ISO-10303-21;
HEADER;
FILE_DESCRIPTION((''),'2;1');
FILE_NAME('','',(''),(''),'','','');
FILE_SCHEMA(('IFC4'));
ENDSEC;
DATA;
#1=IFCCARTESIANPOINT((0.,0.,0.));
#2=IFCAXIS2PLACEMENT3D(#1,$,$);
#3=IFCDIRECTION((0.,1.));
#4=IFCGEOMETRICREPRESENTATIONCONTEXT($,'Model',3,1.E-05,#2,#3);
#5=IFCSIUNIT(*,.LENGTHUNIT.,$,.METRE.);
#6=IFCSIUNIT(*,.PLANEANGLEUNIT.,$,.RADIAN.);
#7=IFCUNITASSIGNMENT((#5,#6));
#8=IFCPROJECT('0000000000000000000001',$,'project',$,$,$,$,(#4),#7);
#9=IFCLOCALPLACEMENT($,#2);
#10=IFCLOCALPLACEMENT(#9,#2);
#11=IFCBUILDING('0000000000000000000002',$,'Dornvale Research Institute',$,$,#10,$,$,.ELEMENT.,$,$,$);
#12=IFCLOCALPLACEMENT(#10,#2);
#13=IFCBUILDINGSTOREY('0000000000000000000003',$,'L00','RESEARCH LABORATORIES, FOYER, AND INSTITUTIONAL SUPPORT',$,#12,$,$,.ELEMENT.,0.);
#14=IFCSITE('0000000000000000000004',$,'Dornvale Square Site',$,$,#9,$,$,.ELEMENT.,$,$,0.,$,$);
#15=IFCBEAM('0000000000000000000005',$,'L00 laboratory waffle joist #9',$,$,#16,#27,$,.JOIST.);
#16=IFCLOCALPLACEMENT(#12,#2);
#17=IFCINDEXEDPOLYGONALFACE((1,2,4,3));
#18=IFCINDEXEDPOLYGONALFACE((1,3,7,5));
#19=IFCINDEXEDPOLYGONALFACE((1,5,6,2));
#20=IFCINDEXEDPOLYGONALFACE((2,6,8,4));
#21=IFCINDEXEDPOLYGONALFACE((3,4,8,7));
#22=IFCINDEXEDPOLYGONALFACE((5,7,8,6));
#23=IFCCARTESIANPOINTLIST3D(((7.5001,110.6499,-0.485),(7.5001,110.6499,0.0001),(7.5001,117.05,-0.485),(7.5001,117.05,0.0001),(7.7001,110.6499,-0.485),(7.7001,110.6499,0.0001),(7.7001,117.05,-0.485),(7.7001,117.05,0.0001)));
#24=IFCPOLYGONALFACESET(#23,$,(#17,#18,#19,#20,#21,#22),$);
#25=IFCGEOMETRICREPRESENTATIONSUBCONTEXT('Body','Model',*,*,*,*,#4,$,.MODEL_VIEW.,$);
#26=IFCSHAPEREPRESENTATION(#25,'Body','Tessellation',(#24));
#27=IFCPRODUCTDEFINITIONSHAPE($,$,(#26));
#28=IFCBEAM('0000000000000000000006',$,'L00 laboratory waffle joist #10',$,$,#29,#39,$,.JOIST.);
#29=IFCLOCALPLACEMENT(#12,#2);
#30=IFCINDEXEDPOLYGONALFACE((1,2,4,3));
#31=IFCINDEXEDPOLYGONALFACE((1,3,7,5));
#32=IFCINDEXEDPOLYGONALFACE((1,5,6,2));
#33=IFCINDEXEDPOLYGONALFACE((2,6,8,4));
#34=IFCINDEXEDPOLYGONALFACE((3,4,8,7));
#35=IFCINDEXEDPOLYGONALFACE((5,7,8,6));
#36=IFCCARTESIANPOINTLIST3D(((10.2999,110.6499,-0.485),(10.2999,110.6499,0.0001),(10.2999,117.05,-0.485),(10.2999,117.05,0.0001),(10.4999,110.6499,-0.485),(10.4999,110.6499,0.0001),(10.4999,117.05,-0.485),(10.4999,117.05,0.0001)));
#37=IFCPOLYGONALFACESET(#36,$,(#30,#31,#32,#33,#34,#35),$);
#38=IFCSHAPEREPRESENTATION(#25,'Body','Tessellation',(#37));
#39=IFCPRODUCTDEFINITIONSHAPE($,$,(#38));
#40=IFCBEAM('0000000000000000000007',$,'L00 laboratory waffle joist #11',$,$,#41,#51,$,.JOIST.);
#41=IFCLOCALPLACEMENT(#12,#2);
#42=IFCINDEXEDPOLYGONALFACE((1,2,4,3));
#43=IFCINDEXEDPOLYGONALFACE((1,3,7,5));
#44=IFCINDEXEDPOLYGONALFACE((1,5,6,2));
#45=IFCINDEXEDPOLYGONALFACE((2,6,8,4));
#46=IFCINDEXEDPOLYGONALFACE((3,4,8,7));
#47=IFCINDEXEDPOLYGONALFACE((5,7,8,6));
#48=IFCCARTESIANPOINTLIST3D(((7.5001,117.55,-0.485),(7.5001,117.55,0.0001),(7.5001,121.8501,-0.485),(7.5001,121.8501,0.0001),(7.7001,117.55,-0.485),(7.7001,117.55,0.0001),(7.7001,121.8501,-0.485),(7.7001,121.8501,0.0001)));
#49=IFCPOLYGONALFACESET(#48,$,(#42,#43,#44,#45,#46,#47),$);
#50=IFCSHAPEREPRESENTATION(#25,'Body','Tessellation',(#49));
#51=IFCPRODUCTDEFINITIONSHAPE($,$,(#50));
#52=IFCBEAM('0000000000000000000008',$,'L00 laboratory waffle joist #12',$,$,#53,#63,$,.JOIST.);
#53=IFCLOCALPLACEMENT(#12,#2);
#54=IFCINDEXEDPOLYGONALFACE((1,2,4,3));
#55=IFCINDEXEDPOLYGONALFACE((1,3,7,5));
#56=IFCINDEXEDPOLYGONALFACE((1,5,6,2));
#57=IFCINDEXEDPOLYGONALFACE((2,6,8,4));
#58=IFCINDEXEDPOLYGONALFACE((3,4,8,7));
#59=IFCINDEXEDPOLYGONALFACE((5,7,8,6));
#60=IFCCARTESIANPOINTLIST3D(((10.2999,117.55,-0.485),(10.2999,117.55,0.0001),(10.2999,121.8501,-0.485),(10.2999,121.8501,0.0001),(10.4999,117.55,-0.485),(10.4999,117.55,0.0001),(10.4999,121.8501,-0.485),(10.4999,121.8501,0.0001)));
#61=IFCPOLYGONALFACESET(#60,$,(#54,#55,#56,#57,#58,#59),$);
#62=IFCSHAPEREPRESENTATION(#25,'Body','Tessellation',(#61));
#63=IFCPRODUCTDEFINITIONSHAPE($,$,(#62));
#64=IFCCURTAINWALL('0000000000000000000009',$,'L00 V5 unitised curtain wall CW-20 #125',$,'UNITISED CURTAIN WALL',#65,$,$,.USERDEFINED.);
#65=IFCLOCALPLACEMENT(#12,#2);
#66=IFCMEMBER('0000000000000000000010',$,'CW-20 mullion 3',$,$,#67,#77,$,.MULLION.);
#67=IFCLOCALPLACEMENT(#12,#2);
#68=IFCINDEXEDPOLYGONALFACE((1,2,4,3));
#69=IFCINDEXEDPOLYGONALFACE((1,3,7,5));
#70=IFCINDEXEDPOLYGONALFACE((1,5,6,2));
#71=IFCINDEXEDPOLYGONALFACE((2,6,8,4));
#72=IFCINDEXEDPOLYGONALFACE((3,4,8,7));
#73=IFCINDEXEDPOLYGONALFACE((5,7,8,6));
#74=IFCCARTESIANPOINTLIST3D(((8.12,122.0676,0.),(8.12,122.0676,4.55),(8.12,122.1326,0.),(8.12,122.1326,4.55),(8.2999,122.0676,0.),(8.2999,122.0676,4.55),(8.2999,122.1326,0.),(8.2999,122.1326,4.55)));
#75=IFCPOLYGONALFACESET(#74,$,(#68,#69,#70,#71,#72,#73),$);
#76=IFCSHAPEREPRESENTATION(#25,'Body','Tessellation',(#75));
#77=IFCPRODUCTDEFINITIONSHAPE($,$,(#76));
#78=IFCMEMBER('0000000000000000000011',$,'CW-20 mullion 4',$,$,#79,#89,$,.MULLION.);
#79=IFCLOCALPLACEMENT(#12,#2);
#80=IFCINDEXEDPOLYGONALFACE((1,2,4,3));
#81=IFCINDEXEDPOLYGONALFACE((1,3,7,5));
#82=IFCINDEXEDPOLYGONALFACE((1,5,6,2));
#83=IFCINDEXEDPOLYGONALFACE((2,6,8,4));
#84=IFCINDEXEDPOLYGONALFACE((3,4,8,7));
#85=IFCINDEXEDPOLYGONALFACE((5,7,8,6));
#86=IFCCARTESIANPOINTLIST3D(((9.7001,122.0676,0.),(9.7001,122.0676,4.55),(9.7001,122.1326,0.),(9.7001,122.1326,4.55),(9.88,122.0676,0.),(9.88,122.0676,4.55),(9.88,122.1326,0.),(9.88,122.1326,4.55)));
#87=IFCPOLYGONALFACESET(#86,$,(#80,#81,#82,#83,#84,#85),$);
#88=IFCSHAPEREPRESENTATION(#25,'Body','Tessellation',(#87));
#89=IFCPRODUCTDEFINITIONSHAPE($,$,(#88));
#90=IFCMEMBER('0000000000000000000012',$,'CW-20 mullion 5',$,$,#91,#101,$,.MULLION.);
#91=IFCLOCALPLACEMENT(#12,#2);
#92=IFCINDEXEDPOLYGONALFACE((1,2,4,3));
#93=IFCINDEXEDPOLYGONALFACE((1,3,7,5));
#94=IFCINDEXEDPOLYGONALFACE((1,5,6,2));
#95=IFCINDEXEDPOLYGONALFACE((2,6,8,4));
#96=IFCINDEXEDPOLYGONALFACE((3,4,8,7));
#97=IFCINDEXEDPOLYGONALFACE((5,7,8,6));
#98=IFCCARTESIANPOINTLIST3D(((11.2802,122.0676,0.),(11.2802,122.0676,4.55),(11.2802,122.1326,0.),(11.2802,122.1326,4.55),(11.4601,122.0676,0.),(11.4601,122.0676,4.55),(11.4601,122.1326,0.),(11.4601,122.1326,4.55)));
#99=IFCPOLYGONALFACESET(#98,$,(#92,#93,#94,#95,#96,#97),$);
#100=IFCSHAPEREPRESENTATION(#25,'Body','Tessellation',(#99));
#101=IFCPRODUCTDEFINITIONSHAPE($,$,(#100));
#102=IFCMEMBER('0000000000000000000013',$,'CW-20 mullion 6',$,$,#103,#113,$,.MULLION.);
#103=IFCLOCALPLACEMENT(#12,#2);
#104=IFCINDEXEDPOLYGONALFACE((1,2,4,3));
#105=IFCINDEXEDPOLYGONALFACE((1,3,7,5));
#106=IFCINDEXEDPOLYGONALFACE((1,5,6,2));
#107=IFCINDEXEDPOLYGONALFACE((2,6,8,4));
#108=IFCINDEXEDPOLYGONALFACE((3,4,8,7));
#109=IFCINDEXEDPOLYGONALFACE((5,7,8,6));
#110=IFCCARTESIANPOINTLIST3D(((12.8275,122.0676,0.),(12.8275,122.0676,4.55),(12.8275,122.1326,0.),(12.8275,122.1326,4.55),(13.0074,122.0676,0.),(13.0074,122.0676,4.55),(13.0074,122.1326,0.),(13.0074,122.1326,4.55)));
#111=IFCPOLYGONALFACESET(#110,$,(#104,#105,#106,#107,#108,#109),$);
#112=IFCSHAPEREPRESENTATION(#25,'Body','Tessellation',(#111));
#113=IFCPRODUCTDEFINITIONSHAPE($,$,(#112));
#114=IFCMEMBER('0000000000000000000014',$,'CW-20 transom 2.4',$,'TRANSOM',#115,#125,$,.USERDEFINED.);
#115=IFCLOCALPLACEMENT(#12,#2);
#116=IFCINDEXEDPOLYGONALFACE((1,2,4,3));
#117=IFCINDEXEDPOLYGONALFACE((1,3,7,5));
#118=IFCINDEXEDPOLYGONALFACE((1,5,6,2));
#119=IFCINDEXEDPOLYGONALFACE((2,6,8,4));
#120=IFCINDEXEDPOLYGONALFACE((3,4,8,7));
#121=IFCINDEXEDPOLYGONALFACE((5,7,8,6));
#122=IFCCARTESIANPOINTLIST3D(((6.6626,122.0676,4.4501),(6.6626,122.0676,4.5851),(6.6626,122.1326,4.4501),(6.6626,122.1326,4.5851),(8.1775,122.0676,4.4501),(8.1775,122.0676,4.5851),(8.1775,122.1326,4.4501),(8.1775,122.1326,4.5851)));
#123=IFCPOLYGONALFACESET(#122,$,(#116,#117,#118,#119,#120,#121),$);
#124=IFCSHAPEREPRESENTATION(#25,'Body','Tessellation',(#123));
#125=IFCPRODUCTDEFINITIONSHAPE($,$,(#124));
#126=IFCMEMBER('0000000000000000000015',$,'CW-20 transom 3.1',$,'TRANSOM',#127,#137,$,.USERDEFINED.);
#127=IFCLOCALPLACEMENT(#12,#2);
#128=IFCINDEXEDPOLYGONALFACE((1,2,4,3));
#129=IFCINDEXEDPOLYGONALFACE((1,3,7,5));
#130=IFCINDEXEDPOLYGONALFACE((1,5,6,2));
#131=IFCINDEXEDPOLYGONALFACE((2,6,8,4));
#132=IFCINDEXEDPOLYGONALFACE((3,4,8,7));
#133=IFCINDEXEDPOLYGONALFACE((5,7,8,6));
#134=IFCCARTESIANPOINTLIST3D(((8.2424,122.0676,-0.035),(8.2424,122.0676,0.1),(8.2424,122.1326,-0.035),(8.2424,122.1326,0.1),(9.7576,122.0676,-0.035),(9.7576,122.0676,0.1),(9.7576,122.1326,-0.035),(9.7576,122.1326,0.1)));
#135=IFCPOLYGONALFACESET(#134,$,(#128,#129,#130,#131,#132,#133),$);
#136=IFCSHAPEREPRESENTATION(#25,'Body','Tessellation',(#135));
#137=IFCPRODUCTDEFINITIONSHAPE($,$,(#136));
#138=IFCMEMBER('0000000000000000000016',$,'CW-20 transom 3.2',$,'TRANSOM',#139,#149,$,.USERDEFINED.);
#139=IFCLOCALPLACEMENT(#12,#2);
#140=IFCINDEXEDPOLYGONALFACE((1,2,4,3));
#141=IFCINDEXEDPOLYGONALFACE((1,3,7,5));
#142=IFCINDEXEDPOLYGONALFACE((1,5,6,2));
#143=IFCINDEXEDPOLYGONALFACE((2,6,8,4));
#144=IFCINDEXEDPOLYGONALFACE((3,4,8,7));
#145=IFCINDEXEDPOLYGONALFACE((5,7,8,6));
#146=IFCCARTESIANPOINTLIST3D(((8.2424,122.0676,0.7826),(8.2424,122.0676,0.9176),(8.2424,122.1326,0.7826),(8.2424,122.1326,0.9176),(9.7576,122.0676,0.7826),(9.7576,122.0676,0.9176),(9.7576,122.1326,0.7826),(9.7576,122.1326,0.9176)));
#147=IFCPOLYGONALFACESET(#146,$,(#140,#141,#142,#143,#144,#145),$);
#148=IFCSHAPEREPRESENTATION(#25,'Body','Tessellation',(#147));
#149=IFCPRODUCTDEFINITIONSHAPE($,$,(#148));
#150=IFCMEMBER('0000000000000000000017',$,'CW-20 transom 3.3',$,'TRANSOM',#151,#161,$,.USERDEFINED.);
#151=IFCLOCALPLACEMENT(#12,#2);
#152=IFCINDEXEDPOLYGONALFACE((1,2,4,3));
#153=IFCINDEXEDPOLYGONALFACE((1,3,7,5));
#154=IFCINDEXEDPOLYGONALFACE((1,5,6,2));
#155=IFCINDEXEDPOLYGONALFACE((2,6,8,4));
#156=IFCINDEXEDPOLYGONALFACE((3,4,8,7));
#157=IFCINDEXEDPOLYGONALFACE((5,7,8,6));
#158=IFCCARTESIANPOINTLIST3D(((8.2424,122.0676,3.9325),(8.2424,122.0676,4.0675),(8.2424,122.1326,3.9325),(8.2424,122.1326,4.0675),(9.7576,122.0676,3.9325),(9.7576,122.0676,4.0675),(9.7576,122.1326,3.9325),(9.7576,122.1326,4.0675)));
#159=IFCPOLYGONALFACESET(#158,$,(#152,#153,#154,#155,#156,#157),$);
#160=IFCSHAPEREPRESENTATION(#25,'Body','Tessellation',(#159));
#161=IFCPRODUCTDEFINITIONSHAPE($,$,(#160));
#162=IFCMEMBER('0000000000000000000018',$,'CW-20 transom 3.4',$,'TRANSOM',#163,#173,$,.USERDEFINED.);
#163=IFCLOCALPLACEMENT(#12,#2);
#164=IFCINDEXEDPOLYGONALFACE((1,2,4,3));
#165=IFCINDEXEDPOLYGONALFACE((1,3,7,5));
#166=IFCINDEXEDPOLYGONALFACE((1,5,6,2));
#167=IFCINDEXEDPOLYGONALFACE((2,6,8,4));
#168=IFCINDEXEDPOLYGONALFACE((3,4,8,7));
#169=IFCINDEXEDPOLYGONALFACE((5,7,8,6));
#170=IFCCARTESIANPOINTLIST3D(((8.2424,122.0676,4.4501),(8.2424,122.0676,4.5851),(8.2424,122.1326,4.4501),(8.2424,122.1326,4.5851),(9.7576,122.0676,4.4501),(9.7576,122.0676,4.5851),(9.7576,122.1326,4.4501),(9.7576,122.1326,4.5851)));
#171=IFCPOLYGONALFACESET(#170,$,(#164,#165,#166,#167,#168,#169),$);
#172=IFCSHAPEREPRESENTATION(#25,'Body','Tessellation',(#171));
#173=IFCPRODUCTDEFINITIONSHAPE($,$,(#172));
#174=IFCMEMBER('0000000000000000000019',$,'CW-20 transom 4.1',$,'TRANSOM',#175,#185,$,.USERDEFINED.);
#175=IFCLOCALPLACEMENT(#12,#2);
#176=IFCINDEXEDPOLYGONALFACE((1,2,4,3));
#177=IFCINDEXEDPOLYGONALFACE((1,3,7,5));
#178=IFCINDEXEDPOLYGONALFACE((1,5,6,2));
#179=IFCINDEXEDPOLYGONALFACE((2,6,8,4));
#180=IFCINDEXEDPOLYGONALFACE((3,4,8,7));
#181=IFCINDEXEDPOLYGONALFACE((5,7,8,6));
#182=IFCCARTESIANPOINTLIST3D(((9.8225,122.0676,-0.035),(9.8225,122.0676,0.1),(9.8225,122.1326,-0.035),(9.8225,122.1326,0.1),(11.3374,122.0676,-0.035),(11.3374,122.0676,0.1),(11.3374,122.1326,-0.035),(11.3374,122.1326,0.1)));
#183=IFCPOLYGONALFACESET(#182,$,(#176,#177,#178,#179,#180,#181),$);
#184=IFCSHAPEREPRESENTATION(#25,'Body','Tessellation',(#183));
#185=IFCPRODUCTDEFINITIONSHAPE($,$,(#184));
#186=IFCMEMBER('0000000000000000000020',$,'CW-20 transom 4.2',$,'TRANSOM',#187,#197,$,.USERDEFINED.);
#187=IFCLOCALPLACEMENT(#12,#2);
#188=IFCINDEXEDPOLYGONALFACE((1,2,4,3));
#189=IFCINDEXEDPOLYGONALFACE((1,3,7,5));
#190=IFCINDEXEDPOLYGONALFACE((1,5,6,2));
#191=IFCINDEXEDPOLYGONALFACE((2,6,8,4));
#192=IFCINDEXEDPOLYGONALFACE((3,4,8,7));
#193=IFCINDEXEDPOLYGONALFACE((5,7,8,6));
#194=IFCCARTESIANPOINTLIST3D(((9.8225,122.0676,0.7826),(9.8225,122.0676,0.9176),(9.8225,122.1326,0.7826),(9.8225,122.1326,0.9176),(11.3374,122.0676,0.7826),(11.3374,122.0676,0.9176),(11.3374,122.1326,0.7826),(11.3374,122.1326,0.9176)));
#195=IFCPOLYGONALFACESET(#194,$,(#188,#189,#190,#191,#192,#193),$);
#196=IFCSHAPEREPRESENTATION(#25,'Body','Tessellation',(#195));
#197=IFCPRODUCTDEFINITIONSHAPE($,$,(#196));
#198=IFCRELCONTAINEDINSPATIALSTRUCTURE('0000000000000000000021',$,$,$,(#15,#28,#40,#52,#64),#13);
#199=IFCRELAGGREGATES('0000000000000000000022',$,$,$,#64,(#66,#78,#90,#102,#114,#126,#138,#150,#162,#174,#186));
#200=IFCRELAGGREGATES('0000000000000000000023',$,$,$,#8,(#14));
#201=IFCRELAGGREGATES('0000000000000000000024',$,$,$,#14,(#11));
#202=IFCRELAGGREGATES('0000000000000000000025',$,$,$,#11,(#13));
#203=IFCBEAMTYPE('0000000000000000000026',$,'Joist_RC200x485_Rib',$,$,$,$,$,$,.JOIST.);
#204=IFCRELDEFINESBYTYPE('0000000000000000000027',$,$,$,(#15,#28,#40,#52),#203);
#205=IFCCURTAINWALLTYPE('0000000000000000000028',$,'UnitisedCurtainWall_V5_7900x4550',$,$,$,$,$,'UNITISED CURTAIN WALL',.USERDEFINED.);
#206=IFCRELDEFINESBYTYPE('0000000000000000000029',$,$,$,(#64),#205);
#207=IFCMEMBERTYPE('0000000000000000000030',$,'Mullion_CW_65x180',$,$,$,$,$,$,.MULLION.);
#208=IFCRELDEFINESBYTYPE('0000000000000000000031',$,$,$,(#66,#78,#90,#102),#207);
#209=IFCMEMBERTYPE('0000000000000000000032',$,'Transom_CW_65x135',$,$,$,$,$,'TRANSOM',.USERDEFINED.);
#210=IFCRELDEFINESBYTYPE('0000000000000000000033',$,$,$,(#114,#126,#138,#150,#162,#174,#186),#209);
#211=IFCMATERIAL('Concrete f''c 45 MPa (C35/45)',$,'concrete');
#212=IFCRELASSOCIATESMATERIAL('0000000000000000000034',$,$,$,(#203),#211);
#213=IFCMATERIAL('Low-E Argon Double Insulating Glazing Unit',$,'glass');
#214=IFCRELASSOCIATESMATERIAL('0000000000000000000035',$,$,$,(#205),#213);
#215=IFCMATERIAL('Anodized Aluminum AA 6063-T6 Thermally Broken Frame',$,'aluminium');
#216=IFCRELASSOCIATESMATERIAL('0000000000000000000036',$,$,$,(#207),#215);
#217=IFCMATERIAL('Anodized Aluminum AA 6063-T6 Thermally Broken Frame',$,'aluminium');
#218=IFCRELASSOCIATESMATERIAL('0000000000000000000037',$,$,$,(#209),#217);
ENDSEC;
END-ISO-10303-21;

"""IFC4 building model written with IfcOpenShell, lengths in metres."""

from ifc_helpers import new_model, si_unit, direction, frame, origin, origin_2d, place, context, subcontext, project, spatial, rectangle, extrude, material, material_profile, profile_set, type_object, element, aggregate, save


model = new_model("IFC4")

# Units and contexts
model_context = context("Model", 3, precision=1e-05, world=origin(), true_north=direction((0.0, 1.0)))
body_context = subcontext(model_context, "Body", "Model", "MODEL_VIEW")
ifc_project = project(units=[si_unit("LENGTHUNIT", "METRE"), si_unit("PLANEANGLEUNIT", "RADIAN")], contexts=[model_context])

# Site, building, storey
site_placement = place(None, origin())
site = spatial("IfcSite", under=ifc_project, at=site_placement, Name="Dornvale Square Site", CompositionType="ELEMENT", RefElevation=0.0)
building_placement = place(site_placement, origin())
building = spatial("IfcBuilding", under=site, at=building_placement, Name="Dornvale Research Institute", CompositionType="ELEMENT")
storey_placement = place(building_placement, origin())
storey = spatial("IfcBuildingStorey", under=building, at=storey_placement, Name="L00", Description="RESEARCH LABORATORIES, FOYER, AND INSTITUTIONAL SUPPORT", CompositionType="ELEMENT", Elevation=0.0)

# Beams
ifc_material_1 = material(Name="Concrete f'c 45 MPa (C35/45)", Category="concrete")
ifc_material_profile_1 = material_profile(ifc_material_1, rectangle(XDim=0.2, YDim=0.4851, at=origin_2d()), Name="RC 200x485")
ifc_profile_set_1 = profile_set([ifc_material_profile_1], Name="Concrete f'c 45 MPa (C35/45)")
beam_type = type_object("IfcBeamType", Name="Joist_RC200x485_Rib", PredefinedType="JOIST", material=ifc_profile_set_1)
for number, where, z_axis, x_axis, name in (
    (1, (7.6001, 110.6499, -0.2424), (0.0, 1.0, 0.0), (-1.0, 0.0, 0.0), "L00 laboratory waffle joist #9"),
    (2, (10.3999, 110.6499, -0.2424), (0.0, 1.0, 0.0), (-1.0, 0.0, 0.0), "L00 laboratory waffle joist #10"),
):
    element("IfcBeam", number, at=place(storey_placement, frame(where, z_axis=z_axis, x_axis=x_axis)), inside=storey, type_object=beam_type, Name=name, PredefinedType="JOIST", context=body_context, shape_type="SweptSolid", body=[
        extrude(rectangle(XDim=0.2, YDim=0.4851, at=origin_2d()), origin(), (0.0, 0.0, 1.0), 6.4001),
    ])
for number, where, z_axis, x_axis, name in (
    (3, (7.6001, 117.55, -0.2424), (0.0, 1.0, 0.0), (-1.0, 0.0, 0.0), "L00 laboratory waffle joist #11"),
    (4, (10.3999, 117.55, -0.2424), (0.0, 1.0, 0.0), (-1.0, 0.0, 0.0), "L00 laboratory waffle joist #12"),
):
    element("IfcBeam", number, at=place(storey_placement, frame(where, z_axis=z_axis, x_axis=x_axis)), inside=storey, type_object=beam_type, Name=name, PredefinedType="JOIST", context=body_context, shape_type="SweptSolid", body=[
        extrude(rectangle(XDim=0.2, YDim=0.4851, at=origin_2d()), origin(), (0.0, 0.0, 1.0), 4.3),
    ])

# Curtain wall, members
ifc_material_2 = material(Name="Low-E Argon Double Insulating Glazing Unit", Category="glass")
curtain_wall_type = type_object("IfcCurtainWallType", Name="UnitisedCurtainWall_V5_7900x4550", ElementType="UNITISED CURTAIN WALL", PredefinedType="USERDEFINED", material=ifc_material_2)
curtain_wall_placement = place(storey_placement, origin())
curtain_wall = element("IfcCurtainWall", 5, at=curtain_wall_placement, inside=storey, type_object=curtain_wall_type, Name="L00 V5 unitised curtain wall CW-20 #125", ObjectType="UNITISED CURTAIN WALL", PredefinedType="USERDEFINED")
ifc_material_3 = material(Name="Anodized Aluminum AA 6063-T6 Thermally Broken Frame", Category="aluminium")
ifc_material_profile_2 = material_profile(ifc_material_3, rectangle(XDim=0.0649, YDim=0.1799, at=origin_2d()), Name="ALU MULLION 65x180")
ifc_profile_set_2 = profile_set([ifc_material_profile_2], Name="Anodized Aluminum AA 6063-T6 Thermally Broken Frame")
member_type_1 = type_object("IfcMemberType", Name="Mullion_CW_65x180", PredefinedType="MULLION", material=ifc_profile_set_2)
member_1_placement = place(storey_placement, frame((8.21, 122.1001, 0.0), z_axis=(0.0, 0.0, 1.0), x_axis=(0.0, 1.0, 0.0)))
member_1 = element("IfcMember", 6, at=member_1_placement, type_object=member_type_1, Name="CW-20 mullion 3", PredefinedType="MULLION", context=body_context, shape_type="SweptSolid", body=[
    extrude(rectangle(XDim=0.0649, YDim=0.1799, at=origin_2d()), origin(), (0.0, 0.0, 1.0), 4.55),
])
member_2_placement = place(storey_placement, frame((9.79, 122.1001, 0.0), z_axis=(0.0, 0.0, 1.0), x_axis=(0.0, 1.0, 0.0)))
member_2 = element("IfcMember", 7, at=member_2_placement, type_object=member_type_1, Name="CW-20 mullion 4", PredefinedType="MULLION", context=body_context, shape_type="SweptSolid", body=[
    extrude(rectangle(XDim=0.0649, YDim=0.1799, at=origin_2d()), origin(), (0.0, 0.0, 1.0), 4.55),
])
member_3_placement = place(storey_placement, frame((11.3701, 122.1001, 0.0), z_axis=(0.0, 0.0, 1.0), x_axis=(0.0, 1.0, 0.0)))
member_3 = element("IfcMember", 8, at=member_3_placement, type_object=member_type_1, Name="CW-20 mullion 5", PredefinedType="MULLION", context=body_context, shape_type="SweptSolid", body=[
    extrude(rectangle(XDim=0.0649, YDim=0.1799, at=origin_2d()), origin(), (0.0, 0.0, 1.0), 4.55),
])
member_4_placement = place(storey_placement, frame((12.9175, 122.1001, 0.0), z_axis=(0.0, 0.0, 1.0), x_axis=(0.0, 1.0, 0.0)))
member_4 = element("IfcMember", 9, at=member_4_placement, type_object=member_type_1, Name="CW-20 mullion 6", PredefinedType="MULLION", context=body_context, shape_type="SweptSolid", body=[
    extrude(rectangle(XDim=0.0649, YDim=0.1799, at=origin_2d()), origin(), (0.0, 0.0, 1.0), 4.55),
])
ifc_material_4 = material(Name="Anodized Aluminum AA 6063-T6 Thermally Broken Frame", Category="aluminium")
ifc_material_profile_3 = material_profile(ifc_material_4, rectangle(XDim=0.0649, YDim=0.135, at=origin_2d()), Name="ALU TRANSOM 65x135")
ifc_profile_set_3 = profile_set([ifc_material_profile_3], Name="Anodized Aluminum AA 6063-T6 Thermally Broken Frame")
member_type_2 = type_object("IfcMemberType", Name="Transom_CW_65x135", ElementType="TRANSOM", PredefinedType="USERDEFINED", material=ifc_profile_set_3)
member_5_placement = place(storey_placement, frame((6.6626, 122.1001, 4.5176), z_axis=(1.0, 0.0, 0.0), x_axis=(0.0, 1.0, 0.0)))
member_5 = element("IfcMember", 10, at=member_5_placement, type_object=member_type_2, Name="CW-20 transom 2.4", ObjectType="TRANSOM", PredefinedType="USERDEFINED", context=body_context, shape_type="SweptSolid", body=[
    extrude(rectangle(XDim=0.0649, YDim=0.135, at=origin_2d()), origin(), (0.0, 0.0, 1.0), 1.5149),
])
member_6_placement = place(storey_placement, frame((8.2424, 122.1001, 0.0325), z_axis=(1.0, 0.0, 0.0), x_axis=(0.0, 1.0, 0.0)))
member_6 = element("IfcMember", 11, at=member_6_placement, type_object=member_type_2, Name="CW-20 transom 3.1", ObjectType="TRANSOM", PredefinedType="USERDEFINED", context=body_context, shape_type="SweptSolid", body=[
    extrude(rectangle(XDim=0.0649, YDim=0.135, at=origin_2d()), origin(), (0.0, 0.0, 1.0), 1.5151),
])
member_7_placement = place(storey_placement, frame((8.2424, 122.1001, 0.8501), z_axis=(1.0, 0.0, 0.0), x_axis=(0.0, 1.0, 0.0)))
member_7 = element("IfcMember", 12, at=member_7_placement, type_object=member_type_2, Name="CW-20 transom 3.2", ObjectType="TRANSOM", PredefinedType="USERDEFINED", context=body_context, shape_type="SweptSolid", body=[
    extrude(rectangle(XDim=0.0649, YDim=0.135, at=origin_2d()), origin(), (0.0, 0.0, 1.0), 1.5151),
])
member_8_placement = place(storey_placement, frame((8.2424, 122.1001, 4.0), z_axis=(1.0, 0.0, 0.0), x_axis=(0.0, 1.0, 0.0)))
member_8 = element("IfcMember", 13, at=member_8_placement, type_object=member_type_2, Name="CW-20 transom 3.3", ObjectType="TRANSOM", PredefinedType="USERDEFINED", context=body_context, shape_type="SweptSolid", body=[
    extrude(rectangle(XDim=0.0649, YDim=0.135, at=origin_2d()), origin(), (0.0, 0.0, 1.0), 1.5151),
])
member_9_placement = place(storey_placement, frame((8.2424, 122.1001, 4.5176), z_axis=(1.0, 0.0, 0.0), x_axis=(0.0, 1.0, 0.0)))
member_9 = element("IfcMember", 14, at=member_9_placement, type_object=member_type_2, Name="CW-20 transom 3.4", ObjectType="TRANSOM", PredefinedType="USERDEFINED", context=body_context, shape_type="SweptSolid", body=[
    extrude(rectangle(XDim=0.0649, YDim=0.135, at=origin_2d()), origin(), (0.0, 0.0, 1.0), 1.5151),
])
member_10_placement = place(storey_placement, frame((9.8225, 122.1001, 0.0325), z_axis=(1.0, 0.0, 0.0), x_axis=(0.0, 1.0, 0.0)))
member_10 = element("IfcMember", 15, at=member_10_placement, type_object=member_type_2, Name="CW-20 transom 4.1", ObjectType="TRANSOM", PredefinedType="USERDEFINED", context=body_context, shape_type="SweptSolid", body=[
    extrude(rectangle(XDim=0.0649, YDim=0.135, at=origin_2d()), origin(), (0.0, 0.0, 1.0), 1.5149),
])
member_11_placement = place(storey_placement, frame((9.8225, 122.1001, 0.8501), z_axis=(1.0, 0.0, 0.0), x_axis=(0.0, 1.0, 0.0)))
member_11 = element("IfcMember", 16, at=member_11_placement, type_object=member_type_2, Name="CW-20 transom 4.2", ObjectType="TRANSOM", PredefinedType="USERDEFINED", context=body_context, shape_type="SweptSolid", body=[
    extrude(rectangle(XDim=0.0649, YDim=0.135, at=origin_2d()), origin(), (0.0, 0.0, 1.0), 1.5149),
])
aggregate(curtain_wall, [member_1, member_2, member_3, member_4, member_5, member_6, member_7, member_8, member_9, member_10, member_11])

save(model, "model.ifc")
